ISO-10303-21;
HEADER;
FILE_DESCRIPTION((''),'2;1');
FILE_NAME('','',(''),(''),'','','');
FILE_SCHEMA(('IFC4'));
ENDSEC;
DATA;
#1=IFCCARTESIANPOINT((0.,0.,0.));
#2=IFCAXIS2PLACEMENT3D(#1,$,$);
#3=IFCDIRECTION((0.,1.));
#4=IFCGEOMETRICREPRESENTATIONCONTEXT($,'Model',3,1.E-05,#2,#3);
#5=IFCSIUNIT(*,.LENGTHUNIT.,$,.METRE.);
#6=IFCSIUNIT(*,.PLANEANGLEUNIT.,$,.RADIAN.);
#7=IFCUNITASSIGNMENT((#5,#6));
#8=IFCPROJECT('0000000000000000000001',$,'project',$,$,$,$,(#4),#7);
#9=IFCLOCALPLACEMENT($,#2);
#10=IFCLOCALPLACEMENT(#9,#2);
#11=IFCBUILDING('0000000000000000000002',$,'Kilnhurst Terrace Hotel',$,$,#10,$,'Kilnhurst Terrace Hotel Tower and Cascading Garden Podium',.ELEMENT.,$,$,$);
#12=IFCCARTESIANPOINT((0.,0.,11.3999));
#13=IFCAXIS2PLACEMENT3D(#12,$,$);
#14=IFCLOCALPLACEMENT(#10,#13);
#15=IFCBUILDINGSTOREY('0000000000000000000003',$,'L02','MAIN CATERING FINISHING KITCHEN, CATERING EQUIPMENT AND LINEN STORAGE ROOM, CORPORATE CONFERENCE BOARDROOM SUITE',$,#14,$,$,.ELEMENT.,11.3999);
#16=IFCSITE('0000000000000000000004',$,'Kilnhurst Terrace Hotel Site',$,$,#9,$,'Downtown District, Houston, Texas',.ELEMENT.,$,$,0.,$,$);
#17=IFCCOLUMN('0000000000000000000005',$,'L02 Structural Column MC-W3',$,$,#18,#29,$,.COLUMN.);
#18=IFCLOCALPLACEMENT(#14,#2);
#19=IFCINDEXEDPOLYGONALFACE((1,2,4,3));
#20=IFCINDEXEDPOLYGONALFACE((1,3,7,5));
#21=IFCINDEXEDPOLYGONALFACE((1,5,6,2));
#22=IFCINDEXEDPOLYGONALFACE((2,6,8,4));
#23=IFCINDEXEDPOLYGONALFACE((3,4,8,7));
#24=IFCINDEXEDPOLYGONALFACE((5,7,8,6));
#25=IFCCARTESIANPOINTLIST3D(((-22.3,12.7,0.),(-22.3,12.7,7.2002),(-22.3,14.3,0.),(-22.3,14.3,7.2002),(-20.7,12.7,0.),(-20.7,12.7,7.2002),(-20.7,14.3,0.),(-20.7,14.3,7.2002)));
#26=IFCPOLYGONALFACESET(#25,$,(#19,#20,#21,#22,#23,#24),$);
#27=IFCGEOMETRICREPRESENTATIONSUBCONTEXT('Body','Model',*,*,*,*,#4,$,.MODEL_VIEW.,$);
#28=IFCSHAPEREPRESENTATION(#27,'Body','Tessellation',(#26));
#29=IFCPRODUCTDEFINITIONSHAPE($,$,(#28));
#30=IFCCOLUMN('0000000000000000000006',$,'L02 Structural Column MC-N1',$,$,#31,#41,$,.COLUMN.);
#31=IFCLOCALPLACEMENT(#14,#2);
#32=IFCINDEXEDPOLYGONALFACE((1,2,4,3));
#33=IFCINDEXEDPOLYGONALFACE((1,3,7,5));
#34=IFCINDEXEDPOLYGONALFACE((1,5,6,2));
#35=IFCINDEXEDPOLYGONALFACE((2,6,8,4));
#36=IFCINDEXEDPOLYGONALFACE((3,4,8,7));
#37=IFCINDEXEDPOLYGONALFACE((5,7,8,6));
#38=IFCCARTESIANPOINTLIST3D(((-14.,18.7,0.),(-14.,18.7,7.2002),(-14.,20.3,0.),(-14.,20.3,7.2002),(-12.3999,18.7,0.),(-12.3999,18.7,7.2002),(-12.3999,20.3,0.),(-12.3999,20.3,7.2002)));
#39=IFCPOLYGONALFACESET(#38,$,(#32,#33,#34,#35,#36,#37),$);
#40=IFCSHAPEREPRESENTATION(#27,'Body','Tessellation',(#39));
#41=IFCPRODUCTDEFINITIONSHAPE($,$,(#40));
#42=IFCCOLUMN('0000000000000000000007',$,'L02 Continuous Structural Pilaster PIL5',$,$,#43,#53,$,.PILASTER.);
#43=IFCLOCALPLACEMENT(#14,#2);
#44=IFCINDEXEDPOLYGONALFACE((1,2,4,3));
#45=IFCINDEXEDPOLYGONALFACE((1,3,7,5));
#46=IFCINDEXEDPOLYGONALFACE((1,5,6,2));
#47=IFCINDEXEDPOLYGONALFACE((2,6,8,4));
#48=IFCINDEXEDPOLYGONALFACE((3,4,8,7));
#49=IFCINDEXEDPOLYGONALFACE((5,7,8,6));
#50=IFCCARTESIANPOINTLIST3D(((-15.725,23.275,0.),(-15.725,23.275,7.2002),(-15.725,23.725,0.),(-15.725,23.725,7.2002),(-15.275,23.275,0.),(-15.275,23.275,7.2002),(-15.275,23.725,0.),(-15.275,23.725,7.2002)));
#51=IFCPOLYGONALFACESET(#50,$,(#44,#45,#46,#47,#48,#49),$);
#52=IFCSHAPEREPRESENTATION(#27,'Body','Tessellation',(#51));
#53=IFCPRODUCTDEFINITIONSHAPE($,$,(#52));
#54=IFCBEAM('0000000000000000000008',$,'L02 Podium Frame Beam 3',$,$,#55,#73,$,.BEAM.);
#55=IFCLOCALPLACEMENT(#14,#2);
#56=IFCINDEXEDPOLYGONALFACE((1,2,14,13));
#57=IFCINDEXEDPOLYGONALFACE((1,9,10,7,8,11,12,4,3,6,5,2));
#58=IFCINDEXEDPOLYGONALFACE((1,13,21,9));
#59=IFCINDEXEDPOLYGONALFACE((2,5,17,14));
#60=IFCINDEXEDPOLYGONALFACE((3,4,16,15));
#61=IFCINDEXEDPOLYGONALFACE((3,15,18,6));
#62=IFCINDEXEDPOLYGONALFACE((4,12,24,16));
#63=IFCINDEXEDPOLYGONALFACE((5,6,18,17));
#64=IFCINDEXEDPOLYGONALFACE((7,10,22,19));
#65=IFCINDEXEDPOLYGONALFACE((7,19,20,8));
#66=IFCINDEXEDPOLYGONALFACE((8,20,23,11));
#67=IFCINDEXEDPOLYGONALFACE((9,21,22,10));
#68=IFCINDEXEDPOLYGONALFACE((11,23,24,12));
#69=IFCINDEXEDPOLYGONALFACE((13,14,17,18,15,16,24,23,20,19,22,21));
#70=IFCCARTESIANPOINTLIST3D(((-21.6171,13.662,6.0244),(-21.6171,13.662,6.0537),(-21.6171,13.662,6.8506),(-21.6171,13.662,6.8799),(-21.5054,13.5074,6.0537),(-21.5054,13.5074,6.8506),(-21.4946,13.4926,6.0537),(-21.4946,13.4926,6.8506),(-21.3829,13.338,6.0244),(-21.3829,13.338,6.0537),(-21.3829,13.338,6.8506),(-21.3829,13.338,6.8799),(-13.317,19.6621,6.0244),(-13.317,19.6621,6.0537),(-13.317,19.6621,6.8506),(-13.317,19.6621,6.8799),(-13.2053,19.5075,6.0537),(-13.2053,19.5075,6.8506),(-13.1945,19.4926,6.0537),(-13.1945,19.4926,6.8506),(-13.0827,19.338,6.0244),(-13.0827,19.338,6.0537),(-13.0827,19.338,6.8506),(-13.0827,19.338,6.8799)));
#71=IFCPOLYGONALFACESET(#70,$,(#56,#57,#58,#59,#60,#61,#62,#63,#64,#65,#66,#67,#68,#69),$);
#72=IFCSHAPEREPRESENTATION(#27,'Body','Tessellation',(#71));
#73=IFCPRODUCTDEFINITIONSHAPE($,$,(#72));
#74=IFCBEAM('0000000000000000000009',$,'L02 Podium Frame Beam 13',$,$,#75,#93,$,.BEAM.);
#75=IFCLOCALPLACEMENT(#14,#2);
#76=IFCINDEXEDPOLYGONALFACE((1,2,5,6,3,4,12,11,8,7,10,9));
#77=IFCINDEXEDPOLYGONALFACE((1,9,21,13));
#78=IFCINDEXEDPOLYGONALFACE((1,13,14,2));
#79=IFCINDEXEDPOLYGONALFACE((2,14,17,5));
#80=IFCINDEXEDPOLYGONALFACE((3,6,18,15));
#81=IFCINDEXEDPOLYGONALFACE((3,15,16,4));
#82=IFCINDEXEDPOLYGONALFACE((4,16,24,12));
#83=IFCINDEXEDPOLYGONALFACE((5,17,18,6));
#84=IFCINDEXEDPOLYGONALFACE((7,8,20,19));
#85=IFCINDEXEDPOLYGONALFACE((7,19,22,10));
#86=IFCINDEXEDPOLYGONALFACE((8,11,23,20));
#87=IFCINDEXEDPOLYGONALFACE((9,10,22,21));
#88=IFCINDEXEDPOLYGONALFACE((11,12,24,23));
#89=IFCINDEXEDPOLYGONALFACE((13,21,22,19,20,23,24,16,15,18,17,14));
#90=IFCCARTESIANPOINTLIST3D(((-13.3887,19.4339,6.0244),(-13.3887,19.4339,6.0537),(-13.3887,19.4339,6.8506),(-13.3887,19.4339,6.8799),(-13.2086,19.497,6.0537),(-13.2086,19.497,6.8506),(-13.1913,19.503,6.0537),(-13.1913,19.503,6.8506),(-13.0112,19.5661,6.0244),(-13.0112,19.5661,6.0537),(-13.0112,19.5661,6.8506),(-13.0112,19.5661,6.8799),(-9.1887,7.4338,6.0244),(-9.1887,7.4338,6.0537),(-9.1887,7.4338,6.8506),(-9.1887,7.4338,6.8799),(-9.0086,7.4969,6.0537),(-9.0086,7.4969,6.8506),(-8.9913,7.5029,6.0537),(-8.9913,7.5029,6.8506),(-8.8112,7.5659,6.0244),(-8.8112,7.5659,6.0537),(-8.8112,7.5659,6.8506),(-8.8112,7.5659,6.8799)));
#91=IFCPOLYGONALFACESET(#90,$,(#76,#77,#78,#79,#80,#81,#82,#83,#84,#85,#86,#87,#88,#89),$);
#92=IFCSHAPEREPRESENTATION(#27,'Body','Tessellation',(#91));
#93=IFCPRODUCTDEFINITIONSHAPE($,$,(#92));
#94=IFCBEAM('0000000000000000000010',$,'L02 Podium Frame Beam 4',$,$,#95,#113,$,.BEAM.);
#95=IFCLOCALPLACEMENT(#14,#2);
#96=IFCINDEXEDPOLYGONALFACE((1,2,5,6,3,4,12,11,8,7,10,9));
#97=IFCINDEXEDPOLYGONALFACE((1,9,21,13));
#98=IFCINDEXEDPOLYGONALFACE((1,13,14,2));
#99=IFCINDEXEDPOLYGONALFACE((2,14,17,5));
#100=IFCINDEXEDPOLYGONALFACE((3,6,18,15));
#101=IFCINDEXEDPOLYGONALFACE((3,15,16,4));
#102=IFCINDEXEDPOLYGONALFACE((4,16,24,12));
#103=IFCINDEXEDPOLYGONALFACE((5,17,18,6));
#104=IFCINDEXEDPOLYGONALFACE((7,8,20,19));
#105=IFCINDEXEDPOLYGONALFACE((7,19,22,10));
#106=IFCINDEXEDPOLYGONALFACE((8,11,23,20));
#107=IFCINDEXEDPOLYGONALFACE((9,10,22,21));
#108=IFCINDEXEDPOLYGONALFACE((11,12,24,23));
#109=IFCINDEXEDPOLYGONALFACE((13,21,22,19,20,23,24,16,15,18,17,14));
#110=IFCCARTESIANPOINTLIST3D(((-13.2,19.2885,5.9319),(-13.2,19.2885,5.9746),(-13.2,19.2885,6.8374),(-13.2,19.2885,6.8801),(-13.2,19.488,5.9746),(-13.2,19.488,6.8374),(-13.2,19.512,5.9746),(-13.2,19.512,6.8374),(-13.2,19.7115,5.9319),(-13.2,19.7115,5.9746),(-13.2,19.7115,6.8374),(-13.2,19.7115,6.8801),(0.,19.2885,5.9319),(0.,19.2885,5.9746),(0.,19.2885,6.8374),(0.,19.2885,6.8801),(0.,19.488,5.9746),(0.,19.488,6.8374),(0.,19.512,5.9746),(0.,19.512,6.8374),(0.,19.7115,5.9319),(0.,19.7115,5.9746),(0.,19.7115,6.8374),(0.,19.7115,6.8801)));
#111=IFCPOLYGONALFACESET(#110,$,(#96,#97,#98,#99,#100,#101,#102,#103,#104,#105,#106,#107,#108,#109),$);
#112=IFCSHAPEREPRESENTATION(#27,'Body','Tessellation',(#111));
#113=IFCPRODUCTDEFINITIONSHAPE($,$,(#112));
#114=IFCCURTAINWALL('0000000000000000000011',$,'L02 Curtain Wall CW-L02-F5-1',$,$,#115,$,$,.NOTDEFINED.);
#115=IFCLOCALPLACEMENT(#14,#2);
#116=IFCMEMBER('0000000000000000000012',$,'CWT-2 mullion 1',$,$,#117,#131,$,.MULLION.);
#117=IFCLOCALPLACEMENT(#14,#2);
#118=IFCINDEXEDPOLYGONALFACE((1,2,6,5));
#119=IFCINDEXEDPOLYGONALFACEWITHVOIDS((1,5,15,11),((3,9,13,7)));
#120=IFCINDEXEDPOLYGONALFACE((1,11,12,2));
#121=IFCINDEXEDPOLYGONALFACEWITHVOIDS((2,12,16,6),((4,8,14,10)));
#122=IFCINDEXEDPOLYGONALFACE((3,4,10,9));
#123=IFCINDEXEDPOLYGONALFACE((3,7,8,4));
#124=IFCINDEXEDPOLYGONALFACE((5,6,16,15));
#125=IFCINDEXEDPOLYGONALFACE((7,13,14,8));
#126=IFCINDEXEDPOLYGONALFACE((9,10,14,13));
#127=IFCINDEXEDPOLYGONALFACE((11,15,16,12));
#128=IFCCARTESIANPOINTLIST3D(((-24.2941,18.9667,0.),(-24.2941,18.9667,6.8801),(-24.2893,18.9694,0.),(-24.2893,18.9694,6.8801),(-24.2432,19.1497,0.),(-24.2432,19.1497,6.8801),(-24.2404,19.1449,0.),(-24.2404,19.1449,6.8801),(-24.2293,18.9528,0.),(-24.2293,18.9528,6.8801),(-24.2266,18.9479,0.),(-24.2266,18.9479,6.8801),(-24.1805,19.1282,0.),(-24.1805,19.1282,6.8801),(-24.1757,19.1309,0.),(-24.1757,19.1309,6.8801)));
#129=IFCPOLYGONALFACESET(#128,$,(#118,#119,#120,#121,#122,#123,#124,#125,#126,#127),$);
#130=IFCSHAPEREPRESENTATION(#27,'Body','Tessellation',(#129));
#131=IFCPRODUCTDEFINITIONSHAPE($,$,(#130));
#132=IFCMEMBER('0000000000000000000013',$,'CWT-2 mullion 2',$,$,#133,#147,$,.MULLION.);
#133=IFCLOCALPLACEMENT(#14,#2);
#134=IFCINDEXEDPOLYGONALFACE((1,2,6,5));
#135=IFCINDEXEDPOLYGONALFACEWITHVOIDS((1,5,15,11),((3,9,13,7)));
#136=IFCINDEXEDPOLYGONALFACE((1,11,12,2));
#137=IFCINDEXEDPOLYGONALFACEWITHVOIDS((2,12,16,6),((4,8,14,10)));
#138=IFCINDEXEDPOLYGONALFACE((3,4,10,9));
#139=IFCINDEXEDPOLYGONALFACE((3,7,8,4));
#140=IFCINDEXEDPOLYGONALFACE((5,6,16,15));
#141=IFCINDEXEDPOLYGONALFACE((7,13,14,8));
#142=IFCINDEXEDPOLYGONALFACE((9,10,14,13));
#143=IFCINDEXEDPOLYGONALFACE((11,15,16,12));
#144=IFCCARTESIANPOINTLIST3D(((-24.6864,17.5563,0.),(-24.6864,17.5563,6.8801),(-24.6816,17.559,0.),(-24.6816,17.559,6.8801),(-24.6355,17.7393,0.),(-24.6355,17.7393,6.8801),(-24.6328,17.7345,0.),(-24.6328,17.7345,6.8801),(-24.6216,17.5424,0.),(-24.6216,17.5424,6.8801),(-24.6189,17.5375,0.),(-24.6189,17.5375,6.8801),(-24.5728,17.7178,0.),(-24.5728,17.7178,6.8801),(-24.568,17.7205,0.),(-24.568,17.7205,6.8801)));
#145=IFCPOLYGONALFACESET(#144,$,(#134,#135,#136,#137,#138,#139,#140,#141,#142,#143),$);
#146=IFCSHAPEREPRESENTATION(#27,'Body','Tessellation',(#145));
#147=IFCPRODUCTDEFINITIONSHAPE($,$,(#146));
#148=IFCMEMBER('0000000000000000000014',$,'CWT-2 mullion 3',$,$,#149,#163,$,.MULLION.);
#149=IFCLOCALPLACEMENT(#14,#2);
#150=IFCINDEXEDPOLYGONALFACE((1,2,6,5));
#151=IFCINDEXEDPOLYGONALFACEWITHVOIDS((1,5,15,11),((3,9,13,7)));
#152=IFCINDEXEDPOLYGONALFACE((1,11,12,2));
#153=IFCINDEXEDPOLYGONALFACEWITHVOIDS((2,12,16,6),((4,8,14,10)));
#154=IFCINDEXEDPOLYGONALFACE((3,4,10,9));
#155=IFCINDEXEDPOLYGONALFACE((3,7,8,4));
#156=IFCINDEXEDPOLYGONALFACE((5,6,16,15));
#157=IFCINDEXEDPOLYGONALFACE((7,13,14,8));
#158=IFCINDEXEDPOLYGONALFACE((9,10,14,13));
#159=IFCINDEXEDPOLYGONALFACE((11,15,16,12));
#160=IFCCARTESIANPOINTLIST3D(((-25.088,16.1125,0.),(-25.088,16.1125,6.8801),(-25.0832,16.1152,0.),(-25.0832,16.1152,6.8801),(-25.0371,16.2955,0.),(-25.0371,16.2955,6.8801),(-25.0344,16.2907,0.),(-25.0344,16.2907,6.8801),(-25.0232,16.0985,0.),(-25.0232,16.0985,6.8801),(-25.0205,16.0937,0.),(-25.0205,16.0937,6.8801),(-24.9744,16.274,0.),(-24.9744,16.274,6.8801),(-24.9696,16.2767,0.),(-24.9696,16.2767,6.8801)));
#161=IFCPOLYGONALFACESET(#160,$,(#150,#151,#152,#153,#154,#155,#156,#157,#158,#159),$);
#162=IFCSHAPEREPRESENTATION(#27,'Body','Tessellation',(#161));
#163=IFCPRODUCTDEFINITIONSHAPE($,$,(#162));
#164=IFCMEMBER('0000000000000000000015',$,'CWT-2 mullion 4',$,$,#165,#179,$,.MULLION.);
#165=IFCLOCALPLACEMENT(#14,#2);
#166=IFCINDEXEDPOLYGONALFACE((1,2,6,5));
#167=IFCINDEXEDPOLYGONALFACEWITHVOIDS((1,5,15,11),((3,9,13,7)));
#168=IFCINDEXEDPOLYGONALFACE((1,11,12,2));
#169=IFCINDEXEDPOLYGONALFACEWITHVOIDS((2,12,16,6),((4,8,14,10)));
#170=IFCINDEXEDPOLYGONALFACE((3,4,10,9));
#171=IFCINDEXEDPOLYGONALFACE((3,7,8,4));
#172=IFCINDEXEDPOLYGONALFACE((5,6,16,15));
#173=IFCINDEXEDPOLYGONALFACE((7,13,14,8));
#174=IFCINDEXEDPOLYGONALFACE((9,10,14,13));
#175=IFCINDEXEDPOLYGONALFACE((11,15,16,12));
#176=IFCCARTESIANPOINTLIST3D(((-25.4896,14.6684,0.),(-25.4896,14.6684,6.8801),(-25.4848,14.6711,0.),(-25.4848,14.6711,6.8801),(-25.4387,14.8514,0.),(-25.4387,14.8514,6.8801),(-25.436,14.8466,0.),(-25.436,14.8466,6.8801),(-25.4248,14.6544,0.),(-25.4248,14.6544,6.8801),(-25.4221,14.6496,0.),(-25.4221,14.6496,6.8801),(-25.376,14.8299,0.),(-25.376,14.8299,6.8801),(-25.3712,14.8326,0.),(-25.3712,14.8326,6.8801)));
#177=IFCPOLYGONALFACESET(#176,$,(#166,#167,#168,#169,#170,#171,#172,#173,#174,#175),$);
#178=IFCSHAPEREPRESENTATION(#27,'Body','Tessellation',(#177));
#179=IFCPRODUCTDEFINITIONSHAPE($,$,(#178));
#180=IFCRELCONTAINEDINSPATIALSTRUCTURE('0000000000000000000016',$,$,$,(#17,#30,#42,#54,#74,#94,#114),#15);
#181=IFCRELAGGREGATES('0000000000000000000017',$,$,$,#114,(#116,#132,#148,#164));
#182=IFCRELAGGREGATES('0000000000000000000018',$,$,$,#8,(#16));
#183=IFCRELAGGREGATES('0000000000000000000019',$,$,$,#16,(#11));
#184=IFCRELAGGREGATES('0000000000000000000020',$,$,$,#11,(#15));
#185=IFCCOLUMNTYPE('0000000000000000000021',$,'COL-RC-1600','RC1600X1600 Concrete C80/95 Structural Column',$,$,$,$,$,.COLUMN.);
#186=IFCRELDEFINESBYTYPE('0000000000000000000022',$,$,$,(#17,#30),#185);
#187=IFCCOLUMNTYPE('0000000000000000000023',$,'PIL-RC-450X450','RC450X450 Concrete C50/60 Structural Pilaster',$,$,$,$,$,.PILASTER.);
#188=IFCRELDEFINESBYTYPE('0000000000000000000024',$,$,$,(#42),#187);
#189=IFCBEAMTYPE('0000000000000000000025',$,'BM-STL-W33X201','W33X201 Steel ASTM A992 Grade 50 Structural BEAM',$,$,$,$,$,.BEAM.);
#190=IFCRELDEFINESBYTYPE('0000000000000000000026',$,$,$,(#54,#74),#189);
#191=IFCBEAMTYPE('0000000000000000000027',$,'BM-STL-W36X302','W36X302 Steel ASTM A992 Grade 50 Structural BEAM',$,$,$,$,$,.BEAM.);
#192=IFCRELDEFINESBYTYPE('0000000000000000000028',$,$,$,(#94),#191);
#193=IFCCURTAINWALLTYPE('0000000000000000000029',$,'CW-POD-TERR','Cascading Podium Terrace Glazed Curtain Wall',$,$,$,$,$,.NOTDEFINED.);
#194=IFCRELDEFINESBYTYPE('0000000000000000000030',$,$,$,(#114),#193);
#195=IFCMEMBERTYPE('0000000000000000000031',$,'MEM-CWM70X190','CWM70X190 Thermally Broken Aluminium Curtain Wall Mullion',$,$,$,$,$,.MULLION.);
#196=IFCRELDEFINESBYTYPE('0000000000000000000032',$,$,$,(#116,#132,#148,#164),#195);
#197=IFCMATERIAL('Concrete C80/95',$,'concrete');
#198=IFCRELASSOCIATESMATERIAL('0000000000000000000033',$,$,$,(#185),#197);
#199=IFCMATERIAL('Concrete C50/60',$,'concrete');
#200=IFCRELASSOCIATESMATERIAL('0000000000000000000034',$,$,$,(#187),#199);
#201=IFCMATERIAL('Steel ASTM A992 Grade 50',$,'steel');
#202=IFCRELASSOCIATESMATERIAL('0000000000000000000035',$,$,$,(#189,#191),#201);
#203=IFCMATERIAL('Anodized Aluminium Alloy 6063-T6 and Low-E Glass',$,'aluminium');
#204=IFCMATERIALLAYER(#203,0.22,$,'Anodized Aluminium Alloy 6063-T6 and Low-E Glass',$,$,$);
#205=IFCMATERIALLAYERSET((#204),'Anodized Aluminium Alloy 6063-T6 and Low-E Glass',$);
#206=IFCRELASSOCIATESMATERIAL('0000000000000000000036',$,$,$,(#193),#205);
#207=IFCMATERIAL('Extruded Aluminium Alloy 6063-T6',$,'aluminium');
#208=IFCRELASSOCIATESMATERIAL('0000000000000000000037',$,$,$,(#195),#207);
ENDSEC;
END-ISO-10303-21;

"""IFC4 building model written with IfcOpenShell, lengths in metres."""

from ifc_helpers import new_model, si_unit, direction, frame, origin, origin_2d, place, context, subcontext, project, spatial, rectangle, hollow_rectangle, i_section, extrude, material, layer, layer_set, material_profile, profile_set, type_object, element, aggregate, save


model = new_model("IFC4")

# Units and contexts
model_context = context("Model", 3, precision=1e-05, world=origin(), true_north=direction((0.0, 1.0)))
body_context = subcontext(model_context, "Body", "Model", "MODEL_VIEW")
ifc_project = project(units=[si_unit("LENGTHUNIT", "METRE"), si_unit("PLANEANGLEUNIT", "RADIAN")], contexts=[model_context])

# Site, building, storey
site_placement = place(None, origin())
site = spatial("IfcSite", under=ifc_project, at=site_placement, Name="Kilnhurst Terrace Hotel Site", LongName="Downtown District, Houston, Texas", CompositionType="ELEMENT", RefElevation=0.0)
building_placement = place(site_placement, origin())
building = spatial("IfcBuilding", under=site, at=building_placement, Name="Kilnhurst Terrace Hotel", LongName="Kilnhurst Terrace Hotel Tower and Cascading Garden Podium", CompositionType="ELEMENT")
storey_placement = place(building_placement, frame((0.0, 0.0, 11.3999)))
storey = spatial("IfcBuildingStorey", under=building, at=storey_placement, Name="L02", Description="MAIN CATERING FINISHING KITCHEN, CATERING EQUIPMENT AND LINEN STORAGE ROOM, CORPORATE CONFERENCE BOARDROOM SUITE", CompositionType="ELEMENT", Elevation=11.3999)

# Columns
ifc_material_1 = material(Name="Concrete C80/95", Category="concrete")
ifc_material_profile_1 = material_profile(ifc_material_1, rectangle(XDim=1.6001, YDim=1.6001, at=origin_2d()), Name="RC1600X1600")
ifc_profile_set_1 = profile_set([ifc_material_profile_1], Name="Concrete C80/95")
column_type_1 = type_object("IfcColumnType", Name="COL-RC-1600", Description="RC1600X1600 Concrete C80/95 Structural Column", PredefinedType="COLUMN", material=ifc_profile_set_1)
for number, where, z_axis, x_axis, name in (
    (1, (-21.5, 13.5, 0.0), (0.0, 0.0, 1.0), (1.0, 0.0, 0.0), "L02 Structural Column MC-W3"),
    (2, (-13.2, 19.5, 0.0), (0.0, 0.0, 1.0), (1.0, 0.0, 0.0), "L02 Structural Column MC-N1"),
):
    element("IfcColumn", number, at=place(storey_placement, frame(where, z_axis=z_axis, x_axis=x_axis)), inside=storey, type_object=column_type_1, Name=name, PredefinedType="COLUMN", context=body_context, shape_type="SweptSolid", body=[
        extrude(rectangle(XDim=1.6001, YDim=1.6001, at=origin_2d()), origin(), (0.0, 0.0, 1.0), 7.2002),
    ])
ifc_material_2 = material(Name="Concrete C50/60", Category="concrete")
ifc_material_profile_2 = material_profile(ifc_material_2, rectangle(XDim=0.45, YDim=0.45, at=origin_2d()), Name="RC450X450")
ifc_profile_set_2 = profile_set([ifc_material_profile_2], Name="Concrete C50/60")
column_type_2 = type_object("IfcColumnType", Name="PIL-RC-450X450", Description="RC450X450 Concrete C50/60 Structural Pilaster", PredefinedType="PILASTER", material=ifc_profile_set_2)
column_placement = place(storey_placement, frame((-15.5, 23.5, 0.0), z_axis=(0.0, 0.0, 1.0), x_axis=(1.0, 0.0, 0.0)))
element("IfcColumn", 3, at=column_placement, inside=storey, type_object=column_type_2, Name="L02 Continuous Structural Pilaster PIL5", PredefinedType="PILASTER", context=body_context, shape_type="SweptSolid", body=[
    extrude(rectangle(XDim=0.45, YDim=0.45, at=origin_2d()), origin(), (0.0, 0.0, 1.0), 7.2002),
])

# Beams
ifc_material_3 = material(Name="Steel ASTM A992 Grade 50", Category="steel")
ifc_material_profile_3 = material_profile(ifc_material_3, i_section(OverallWidth=0.3999, OverallDepth=0.8555, WebThickness=0.0183, FlangeThickness=0.0293, at=origin_2d()), Name="W33X201")
ifc_profile_set_3 = profile_set([ifc_material_profile_3], Name="Steel ASTM A992 Grade 50")
beam_type_1 = type_object("IfcBeamType", Name="BM-STL-W33X201", Description="W33X201 Steel ASTM A992 Grade 50 Structural BEAM", PredefinedType="BEAM", material=ifc_profile_set_3)
beam_1_placement = place(storey_placement, frame((-21.5, 13.5, 6.4521), z_axis=(0.810423, 0.585845, 0.0), x_axis=(-0.585845, 0.810423, 0.0)))
element("IfcBeam", 4, at=beam_1_placement, inside=storey, type_object=beam_type_1, Name="L02 Podium Frame Beam 3", PredefinedType="BEAM", context=body_context, shape_type="SweptSolid", body=[
    extrude(i_section(OverallWidth=0.3999, OverallDepth=0.8555, WebThickness=0.0183, FlangeThickness=0.0293, at=origin_2d()), origin(), (0.0, 0.0, 1.0), 10.2417),
])
beam_2_placement = place(storey_placement, frame((-13.2, 19.5, 6.4521), z_axis=(0.330347, -0.94386, 0.0), x_axis=(0.94386, 0.330347, 0.0)))
element("IfcBeam", 5, at=beam_2_placement, inside=storey, type_object=beam_type_1, Name="L02 Podium Frame Beam 13", PredefinedType="BEAM", context=body_context, shape_type="SweptSolid", body=[
    extrude(i_section(OverallWidth=0.3999, OverallDepth=0.8555, WebThickness=0.0183, FlangeThickness=0.0293, at=origin_2d()), origin(), (0.0, 0.0, 1.0), 12.7139),
])
ifc_material_profile_4 = material_profile(ifc_material_3, i_section(OverallWidth=0.4231, OverallDepth=0.9482, WebThickness=0.0239, FlangeThickness=0.0427, at=origin_2d()), Name="W36X302")
ifc_profile_set_4 = profile_set([ifc_material_profile_4], Name="Steel ASTM A992 Grade 50")
beam_type_2 = type_object("IfcBeamType", Name="BM-STL-W36X302", Description="W36X302 Steel ASTM A992 Grade 50 Structural BEAM", PredefinedType="BEAM", material=ifc_profile_set_4)
beam_3_placement = place(storey_placement, frame((-13.2, 19.5, 6.406), z_axis=(1.0, 0.0, 0.0), x_axis=(0.0, 1.0, 0.0)))
element("IfcBeam", 6, at=beam_3_placement, inside=storey, type_object=beam_type_2, Name="L02 Podium Frame Beam 4", PredefinedType="BEAM", context=body_context, shape_type="SweptSolid", body=[
    extrude(i_section(OverallWidth=0.4231, OverallDepth=0.9482, WebThickness=0.0239, FlangeThickness=0.0427, at=origin_2d()), origin(), (0.0, 0.0, 1.0), 13.2),
])

# Curtain wall, members
ifc_material_4 = material(Name="Anodized Aluminium Alloy 6063-T6 and Low-E Glass", Category="aluminium")
ifc_layer_1 = layer(ifc_material_4, 0.22, Name="Anodized Aluminium Alloy 6063-T6 and Low-E Glass")
ifc_layer_set_1 = layer_set([ifc_layer_1], Name="Anodized Aluminium Alloy 6063-T6 and Low-E Glass")
curtain_wall_type = type_object("IfcCurtainWallType", Name="CW-POD-TERR", Description="Cascading Podium Terrace Glazed Curtain Wall", PredefinedType="NOTDEFINED", material=ifc_layer_set_1)
curtain_wall_placement = place(storey_placement, origin())
curtain_wall = element("IfcCurtainWall", 7, at=curtain_wall_placement, inside=storey, type_object=curtain_wall_type, Name="L02 Curtain Wall CW-L02-F5-1", PredefinedType="NOTDEFINED")
ifc_material_5 = material(Name="Extruded Aluminium Alloy 6063-T6", Category="aluminium")
ifc_material_profile_5 = material_profile(ifc_material_5, hollow_rectangle(XDim=0.0701, YDim=0.1899, WallThickness=0.0039, at=origin_2d()), Name="CWM70X190")
ifc_profile_set_5 = profile_set([ifc_material_profile_5], Name="Extruded Aluminium Alloy 6063-T6")
member_type_1 = type_object("IfcMemberType", Name="MEM-CWM70X190", Description="CWM70X190 Thermally Broken Aluminium Curtain Wall Mullion", PredefinedType="MULLION", material=ifc_profile_set_5)
member_1_placement = place(storey_placement, frame((-24.2349, 19.0488, 0.0), z_axis=(0.0, 0.0, 1.0), x_axis=(0.963421, -0.267992, 0.0)))
member_1 = element("IfcMember", 8, at=member_1_placement, type_object=member_type_1, Name="CWT-2 mullion 1", PredefinedType="MULLION", context=body_context, shape_type="SweptSolid", body=[
    extrude(hollow_rectangle(XDim=0.0701, YDim=0.1899, WallThickness=0.0039, at=origin_2d()), origin(), (0.0, 0.0, 1.0), 6.8801),
])
member_2_placement = place(storey_placement, frame((-24.6272, 17.6384, 0.0), z_axis=(0.0, 0.0, 1.0), x_axis=(0.963421, -0.267992, 0.0)))
member_2 = element("IfcMember", 9, at=member_2_placement, type_object=member_type_1, Name="CWT-2 mullion 2", PredefinedType="MULLION", context=body_context, shape_type="SweptSolid", body=[
    extrude(hollow_rectangle(XDim=0.0701, YDim=0.1899, WallThickness=0.0039, at=origin_2d()), origin(), (0.0, 0.0, 1.0), 6.8801),
])
member_3_placement = place(storey_placement, frame((-25.0288, 16.1946, 0.0), z_axis=(0.0, 0.0, 1.0), x_axis=(0.963421, -0.267992, 0.0)))
member_3 = element("IfcMember", 10, at=member_3_placement, type_object=member_type_1, Name="CWT-2 mullion 3", PredefinedType="MULLION", context=body_context, shape_type="SweptSolid", body=[
    extrude(hollow_rectangle(XDim=0.0701, YDim=0.1899, WallThickness=0.0039, at=origin_2d()), origin(), (0.0, 0.0, 1.0), 6.8801),
])
member_4_placement = place(storey_placement, frame((-25.4304, 14.7505, 0.0), z_axis=(0.0, 0.0, 1.0), x_axis=(0.963421, -0.267992, 0.0)))
member_4 = element("IfcMember", 11, at=member_4_placement, type_object=member_type_1, Name="CWT-2 mullion 4", PredefinedType="MULLION", context=body_context, shape_type="SweptSolid", body=[
    extrude(hollow_rectangle(XDim=0.0701, YDim=0.1899, WallThickness=0.0039, at=origin_2d()), origin(), (0.0, 0.0, 1.0), 6.8801),
])
aggregate(curtain_wall, [member_1, member_2, member_3, member_4])

save(model, "model.ifc")
